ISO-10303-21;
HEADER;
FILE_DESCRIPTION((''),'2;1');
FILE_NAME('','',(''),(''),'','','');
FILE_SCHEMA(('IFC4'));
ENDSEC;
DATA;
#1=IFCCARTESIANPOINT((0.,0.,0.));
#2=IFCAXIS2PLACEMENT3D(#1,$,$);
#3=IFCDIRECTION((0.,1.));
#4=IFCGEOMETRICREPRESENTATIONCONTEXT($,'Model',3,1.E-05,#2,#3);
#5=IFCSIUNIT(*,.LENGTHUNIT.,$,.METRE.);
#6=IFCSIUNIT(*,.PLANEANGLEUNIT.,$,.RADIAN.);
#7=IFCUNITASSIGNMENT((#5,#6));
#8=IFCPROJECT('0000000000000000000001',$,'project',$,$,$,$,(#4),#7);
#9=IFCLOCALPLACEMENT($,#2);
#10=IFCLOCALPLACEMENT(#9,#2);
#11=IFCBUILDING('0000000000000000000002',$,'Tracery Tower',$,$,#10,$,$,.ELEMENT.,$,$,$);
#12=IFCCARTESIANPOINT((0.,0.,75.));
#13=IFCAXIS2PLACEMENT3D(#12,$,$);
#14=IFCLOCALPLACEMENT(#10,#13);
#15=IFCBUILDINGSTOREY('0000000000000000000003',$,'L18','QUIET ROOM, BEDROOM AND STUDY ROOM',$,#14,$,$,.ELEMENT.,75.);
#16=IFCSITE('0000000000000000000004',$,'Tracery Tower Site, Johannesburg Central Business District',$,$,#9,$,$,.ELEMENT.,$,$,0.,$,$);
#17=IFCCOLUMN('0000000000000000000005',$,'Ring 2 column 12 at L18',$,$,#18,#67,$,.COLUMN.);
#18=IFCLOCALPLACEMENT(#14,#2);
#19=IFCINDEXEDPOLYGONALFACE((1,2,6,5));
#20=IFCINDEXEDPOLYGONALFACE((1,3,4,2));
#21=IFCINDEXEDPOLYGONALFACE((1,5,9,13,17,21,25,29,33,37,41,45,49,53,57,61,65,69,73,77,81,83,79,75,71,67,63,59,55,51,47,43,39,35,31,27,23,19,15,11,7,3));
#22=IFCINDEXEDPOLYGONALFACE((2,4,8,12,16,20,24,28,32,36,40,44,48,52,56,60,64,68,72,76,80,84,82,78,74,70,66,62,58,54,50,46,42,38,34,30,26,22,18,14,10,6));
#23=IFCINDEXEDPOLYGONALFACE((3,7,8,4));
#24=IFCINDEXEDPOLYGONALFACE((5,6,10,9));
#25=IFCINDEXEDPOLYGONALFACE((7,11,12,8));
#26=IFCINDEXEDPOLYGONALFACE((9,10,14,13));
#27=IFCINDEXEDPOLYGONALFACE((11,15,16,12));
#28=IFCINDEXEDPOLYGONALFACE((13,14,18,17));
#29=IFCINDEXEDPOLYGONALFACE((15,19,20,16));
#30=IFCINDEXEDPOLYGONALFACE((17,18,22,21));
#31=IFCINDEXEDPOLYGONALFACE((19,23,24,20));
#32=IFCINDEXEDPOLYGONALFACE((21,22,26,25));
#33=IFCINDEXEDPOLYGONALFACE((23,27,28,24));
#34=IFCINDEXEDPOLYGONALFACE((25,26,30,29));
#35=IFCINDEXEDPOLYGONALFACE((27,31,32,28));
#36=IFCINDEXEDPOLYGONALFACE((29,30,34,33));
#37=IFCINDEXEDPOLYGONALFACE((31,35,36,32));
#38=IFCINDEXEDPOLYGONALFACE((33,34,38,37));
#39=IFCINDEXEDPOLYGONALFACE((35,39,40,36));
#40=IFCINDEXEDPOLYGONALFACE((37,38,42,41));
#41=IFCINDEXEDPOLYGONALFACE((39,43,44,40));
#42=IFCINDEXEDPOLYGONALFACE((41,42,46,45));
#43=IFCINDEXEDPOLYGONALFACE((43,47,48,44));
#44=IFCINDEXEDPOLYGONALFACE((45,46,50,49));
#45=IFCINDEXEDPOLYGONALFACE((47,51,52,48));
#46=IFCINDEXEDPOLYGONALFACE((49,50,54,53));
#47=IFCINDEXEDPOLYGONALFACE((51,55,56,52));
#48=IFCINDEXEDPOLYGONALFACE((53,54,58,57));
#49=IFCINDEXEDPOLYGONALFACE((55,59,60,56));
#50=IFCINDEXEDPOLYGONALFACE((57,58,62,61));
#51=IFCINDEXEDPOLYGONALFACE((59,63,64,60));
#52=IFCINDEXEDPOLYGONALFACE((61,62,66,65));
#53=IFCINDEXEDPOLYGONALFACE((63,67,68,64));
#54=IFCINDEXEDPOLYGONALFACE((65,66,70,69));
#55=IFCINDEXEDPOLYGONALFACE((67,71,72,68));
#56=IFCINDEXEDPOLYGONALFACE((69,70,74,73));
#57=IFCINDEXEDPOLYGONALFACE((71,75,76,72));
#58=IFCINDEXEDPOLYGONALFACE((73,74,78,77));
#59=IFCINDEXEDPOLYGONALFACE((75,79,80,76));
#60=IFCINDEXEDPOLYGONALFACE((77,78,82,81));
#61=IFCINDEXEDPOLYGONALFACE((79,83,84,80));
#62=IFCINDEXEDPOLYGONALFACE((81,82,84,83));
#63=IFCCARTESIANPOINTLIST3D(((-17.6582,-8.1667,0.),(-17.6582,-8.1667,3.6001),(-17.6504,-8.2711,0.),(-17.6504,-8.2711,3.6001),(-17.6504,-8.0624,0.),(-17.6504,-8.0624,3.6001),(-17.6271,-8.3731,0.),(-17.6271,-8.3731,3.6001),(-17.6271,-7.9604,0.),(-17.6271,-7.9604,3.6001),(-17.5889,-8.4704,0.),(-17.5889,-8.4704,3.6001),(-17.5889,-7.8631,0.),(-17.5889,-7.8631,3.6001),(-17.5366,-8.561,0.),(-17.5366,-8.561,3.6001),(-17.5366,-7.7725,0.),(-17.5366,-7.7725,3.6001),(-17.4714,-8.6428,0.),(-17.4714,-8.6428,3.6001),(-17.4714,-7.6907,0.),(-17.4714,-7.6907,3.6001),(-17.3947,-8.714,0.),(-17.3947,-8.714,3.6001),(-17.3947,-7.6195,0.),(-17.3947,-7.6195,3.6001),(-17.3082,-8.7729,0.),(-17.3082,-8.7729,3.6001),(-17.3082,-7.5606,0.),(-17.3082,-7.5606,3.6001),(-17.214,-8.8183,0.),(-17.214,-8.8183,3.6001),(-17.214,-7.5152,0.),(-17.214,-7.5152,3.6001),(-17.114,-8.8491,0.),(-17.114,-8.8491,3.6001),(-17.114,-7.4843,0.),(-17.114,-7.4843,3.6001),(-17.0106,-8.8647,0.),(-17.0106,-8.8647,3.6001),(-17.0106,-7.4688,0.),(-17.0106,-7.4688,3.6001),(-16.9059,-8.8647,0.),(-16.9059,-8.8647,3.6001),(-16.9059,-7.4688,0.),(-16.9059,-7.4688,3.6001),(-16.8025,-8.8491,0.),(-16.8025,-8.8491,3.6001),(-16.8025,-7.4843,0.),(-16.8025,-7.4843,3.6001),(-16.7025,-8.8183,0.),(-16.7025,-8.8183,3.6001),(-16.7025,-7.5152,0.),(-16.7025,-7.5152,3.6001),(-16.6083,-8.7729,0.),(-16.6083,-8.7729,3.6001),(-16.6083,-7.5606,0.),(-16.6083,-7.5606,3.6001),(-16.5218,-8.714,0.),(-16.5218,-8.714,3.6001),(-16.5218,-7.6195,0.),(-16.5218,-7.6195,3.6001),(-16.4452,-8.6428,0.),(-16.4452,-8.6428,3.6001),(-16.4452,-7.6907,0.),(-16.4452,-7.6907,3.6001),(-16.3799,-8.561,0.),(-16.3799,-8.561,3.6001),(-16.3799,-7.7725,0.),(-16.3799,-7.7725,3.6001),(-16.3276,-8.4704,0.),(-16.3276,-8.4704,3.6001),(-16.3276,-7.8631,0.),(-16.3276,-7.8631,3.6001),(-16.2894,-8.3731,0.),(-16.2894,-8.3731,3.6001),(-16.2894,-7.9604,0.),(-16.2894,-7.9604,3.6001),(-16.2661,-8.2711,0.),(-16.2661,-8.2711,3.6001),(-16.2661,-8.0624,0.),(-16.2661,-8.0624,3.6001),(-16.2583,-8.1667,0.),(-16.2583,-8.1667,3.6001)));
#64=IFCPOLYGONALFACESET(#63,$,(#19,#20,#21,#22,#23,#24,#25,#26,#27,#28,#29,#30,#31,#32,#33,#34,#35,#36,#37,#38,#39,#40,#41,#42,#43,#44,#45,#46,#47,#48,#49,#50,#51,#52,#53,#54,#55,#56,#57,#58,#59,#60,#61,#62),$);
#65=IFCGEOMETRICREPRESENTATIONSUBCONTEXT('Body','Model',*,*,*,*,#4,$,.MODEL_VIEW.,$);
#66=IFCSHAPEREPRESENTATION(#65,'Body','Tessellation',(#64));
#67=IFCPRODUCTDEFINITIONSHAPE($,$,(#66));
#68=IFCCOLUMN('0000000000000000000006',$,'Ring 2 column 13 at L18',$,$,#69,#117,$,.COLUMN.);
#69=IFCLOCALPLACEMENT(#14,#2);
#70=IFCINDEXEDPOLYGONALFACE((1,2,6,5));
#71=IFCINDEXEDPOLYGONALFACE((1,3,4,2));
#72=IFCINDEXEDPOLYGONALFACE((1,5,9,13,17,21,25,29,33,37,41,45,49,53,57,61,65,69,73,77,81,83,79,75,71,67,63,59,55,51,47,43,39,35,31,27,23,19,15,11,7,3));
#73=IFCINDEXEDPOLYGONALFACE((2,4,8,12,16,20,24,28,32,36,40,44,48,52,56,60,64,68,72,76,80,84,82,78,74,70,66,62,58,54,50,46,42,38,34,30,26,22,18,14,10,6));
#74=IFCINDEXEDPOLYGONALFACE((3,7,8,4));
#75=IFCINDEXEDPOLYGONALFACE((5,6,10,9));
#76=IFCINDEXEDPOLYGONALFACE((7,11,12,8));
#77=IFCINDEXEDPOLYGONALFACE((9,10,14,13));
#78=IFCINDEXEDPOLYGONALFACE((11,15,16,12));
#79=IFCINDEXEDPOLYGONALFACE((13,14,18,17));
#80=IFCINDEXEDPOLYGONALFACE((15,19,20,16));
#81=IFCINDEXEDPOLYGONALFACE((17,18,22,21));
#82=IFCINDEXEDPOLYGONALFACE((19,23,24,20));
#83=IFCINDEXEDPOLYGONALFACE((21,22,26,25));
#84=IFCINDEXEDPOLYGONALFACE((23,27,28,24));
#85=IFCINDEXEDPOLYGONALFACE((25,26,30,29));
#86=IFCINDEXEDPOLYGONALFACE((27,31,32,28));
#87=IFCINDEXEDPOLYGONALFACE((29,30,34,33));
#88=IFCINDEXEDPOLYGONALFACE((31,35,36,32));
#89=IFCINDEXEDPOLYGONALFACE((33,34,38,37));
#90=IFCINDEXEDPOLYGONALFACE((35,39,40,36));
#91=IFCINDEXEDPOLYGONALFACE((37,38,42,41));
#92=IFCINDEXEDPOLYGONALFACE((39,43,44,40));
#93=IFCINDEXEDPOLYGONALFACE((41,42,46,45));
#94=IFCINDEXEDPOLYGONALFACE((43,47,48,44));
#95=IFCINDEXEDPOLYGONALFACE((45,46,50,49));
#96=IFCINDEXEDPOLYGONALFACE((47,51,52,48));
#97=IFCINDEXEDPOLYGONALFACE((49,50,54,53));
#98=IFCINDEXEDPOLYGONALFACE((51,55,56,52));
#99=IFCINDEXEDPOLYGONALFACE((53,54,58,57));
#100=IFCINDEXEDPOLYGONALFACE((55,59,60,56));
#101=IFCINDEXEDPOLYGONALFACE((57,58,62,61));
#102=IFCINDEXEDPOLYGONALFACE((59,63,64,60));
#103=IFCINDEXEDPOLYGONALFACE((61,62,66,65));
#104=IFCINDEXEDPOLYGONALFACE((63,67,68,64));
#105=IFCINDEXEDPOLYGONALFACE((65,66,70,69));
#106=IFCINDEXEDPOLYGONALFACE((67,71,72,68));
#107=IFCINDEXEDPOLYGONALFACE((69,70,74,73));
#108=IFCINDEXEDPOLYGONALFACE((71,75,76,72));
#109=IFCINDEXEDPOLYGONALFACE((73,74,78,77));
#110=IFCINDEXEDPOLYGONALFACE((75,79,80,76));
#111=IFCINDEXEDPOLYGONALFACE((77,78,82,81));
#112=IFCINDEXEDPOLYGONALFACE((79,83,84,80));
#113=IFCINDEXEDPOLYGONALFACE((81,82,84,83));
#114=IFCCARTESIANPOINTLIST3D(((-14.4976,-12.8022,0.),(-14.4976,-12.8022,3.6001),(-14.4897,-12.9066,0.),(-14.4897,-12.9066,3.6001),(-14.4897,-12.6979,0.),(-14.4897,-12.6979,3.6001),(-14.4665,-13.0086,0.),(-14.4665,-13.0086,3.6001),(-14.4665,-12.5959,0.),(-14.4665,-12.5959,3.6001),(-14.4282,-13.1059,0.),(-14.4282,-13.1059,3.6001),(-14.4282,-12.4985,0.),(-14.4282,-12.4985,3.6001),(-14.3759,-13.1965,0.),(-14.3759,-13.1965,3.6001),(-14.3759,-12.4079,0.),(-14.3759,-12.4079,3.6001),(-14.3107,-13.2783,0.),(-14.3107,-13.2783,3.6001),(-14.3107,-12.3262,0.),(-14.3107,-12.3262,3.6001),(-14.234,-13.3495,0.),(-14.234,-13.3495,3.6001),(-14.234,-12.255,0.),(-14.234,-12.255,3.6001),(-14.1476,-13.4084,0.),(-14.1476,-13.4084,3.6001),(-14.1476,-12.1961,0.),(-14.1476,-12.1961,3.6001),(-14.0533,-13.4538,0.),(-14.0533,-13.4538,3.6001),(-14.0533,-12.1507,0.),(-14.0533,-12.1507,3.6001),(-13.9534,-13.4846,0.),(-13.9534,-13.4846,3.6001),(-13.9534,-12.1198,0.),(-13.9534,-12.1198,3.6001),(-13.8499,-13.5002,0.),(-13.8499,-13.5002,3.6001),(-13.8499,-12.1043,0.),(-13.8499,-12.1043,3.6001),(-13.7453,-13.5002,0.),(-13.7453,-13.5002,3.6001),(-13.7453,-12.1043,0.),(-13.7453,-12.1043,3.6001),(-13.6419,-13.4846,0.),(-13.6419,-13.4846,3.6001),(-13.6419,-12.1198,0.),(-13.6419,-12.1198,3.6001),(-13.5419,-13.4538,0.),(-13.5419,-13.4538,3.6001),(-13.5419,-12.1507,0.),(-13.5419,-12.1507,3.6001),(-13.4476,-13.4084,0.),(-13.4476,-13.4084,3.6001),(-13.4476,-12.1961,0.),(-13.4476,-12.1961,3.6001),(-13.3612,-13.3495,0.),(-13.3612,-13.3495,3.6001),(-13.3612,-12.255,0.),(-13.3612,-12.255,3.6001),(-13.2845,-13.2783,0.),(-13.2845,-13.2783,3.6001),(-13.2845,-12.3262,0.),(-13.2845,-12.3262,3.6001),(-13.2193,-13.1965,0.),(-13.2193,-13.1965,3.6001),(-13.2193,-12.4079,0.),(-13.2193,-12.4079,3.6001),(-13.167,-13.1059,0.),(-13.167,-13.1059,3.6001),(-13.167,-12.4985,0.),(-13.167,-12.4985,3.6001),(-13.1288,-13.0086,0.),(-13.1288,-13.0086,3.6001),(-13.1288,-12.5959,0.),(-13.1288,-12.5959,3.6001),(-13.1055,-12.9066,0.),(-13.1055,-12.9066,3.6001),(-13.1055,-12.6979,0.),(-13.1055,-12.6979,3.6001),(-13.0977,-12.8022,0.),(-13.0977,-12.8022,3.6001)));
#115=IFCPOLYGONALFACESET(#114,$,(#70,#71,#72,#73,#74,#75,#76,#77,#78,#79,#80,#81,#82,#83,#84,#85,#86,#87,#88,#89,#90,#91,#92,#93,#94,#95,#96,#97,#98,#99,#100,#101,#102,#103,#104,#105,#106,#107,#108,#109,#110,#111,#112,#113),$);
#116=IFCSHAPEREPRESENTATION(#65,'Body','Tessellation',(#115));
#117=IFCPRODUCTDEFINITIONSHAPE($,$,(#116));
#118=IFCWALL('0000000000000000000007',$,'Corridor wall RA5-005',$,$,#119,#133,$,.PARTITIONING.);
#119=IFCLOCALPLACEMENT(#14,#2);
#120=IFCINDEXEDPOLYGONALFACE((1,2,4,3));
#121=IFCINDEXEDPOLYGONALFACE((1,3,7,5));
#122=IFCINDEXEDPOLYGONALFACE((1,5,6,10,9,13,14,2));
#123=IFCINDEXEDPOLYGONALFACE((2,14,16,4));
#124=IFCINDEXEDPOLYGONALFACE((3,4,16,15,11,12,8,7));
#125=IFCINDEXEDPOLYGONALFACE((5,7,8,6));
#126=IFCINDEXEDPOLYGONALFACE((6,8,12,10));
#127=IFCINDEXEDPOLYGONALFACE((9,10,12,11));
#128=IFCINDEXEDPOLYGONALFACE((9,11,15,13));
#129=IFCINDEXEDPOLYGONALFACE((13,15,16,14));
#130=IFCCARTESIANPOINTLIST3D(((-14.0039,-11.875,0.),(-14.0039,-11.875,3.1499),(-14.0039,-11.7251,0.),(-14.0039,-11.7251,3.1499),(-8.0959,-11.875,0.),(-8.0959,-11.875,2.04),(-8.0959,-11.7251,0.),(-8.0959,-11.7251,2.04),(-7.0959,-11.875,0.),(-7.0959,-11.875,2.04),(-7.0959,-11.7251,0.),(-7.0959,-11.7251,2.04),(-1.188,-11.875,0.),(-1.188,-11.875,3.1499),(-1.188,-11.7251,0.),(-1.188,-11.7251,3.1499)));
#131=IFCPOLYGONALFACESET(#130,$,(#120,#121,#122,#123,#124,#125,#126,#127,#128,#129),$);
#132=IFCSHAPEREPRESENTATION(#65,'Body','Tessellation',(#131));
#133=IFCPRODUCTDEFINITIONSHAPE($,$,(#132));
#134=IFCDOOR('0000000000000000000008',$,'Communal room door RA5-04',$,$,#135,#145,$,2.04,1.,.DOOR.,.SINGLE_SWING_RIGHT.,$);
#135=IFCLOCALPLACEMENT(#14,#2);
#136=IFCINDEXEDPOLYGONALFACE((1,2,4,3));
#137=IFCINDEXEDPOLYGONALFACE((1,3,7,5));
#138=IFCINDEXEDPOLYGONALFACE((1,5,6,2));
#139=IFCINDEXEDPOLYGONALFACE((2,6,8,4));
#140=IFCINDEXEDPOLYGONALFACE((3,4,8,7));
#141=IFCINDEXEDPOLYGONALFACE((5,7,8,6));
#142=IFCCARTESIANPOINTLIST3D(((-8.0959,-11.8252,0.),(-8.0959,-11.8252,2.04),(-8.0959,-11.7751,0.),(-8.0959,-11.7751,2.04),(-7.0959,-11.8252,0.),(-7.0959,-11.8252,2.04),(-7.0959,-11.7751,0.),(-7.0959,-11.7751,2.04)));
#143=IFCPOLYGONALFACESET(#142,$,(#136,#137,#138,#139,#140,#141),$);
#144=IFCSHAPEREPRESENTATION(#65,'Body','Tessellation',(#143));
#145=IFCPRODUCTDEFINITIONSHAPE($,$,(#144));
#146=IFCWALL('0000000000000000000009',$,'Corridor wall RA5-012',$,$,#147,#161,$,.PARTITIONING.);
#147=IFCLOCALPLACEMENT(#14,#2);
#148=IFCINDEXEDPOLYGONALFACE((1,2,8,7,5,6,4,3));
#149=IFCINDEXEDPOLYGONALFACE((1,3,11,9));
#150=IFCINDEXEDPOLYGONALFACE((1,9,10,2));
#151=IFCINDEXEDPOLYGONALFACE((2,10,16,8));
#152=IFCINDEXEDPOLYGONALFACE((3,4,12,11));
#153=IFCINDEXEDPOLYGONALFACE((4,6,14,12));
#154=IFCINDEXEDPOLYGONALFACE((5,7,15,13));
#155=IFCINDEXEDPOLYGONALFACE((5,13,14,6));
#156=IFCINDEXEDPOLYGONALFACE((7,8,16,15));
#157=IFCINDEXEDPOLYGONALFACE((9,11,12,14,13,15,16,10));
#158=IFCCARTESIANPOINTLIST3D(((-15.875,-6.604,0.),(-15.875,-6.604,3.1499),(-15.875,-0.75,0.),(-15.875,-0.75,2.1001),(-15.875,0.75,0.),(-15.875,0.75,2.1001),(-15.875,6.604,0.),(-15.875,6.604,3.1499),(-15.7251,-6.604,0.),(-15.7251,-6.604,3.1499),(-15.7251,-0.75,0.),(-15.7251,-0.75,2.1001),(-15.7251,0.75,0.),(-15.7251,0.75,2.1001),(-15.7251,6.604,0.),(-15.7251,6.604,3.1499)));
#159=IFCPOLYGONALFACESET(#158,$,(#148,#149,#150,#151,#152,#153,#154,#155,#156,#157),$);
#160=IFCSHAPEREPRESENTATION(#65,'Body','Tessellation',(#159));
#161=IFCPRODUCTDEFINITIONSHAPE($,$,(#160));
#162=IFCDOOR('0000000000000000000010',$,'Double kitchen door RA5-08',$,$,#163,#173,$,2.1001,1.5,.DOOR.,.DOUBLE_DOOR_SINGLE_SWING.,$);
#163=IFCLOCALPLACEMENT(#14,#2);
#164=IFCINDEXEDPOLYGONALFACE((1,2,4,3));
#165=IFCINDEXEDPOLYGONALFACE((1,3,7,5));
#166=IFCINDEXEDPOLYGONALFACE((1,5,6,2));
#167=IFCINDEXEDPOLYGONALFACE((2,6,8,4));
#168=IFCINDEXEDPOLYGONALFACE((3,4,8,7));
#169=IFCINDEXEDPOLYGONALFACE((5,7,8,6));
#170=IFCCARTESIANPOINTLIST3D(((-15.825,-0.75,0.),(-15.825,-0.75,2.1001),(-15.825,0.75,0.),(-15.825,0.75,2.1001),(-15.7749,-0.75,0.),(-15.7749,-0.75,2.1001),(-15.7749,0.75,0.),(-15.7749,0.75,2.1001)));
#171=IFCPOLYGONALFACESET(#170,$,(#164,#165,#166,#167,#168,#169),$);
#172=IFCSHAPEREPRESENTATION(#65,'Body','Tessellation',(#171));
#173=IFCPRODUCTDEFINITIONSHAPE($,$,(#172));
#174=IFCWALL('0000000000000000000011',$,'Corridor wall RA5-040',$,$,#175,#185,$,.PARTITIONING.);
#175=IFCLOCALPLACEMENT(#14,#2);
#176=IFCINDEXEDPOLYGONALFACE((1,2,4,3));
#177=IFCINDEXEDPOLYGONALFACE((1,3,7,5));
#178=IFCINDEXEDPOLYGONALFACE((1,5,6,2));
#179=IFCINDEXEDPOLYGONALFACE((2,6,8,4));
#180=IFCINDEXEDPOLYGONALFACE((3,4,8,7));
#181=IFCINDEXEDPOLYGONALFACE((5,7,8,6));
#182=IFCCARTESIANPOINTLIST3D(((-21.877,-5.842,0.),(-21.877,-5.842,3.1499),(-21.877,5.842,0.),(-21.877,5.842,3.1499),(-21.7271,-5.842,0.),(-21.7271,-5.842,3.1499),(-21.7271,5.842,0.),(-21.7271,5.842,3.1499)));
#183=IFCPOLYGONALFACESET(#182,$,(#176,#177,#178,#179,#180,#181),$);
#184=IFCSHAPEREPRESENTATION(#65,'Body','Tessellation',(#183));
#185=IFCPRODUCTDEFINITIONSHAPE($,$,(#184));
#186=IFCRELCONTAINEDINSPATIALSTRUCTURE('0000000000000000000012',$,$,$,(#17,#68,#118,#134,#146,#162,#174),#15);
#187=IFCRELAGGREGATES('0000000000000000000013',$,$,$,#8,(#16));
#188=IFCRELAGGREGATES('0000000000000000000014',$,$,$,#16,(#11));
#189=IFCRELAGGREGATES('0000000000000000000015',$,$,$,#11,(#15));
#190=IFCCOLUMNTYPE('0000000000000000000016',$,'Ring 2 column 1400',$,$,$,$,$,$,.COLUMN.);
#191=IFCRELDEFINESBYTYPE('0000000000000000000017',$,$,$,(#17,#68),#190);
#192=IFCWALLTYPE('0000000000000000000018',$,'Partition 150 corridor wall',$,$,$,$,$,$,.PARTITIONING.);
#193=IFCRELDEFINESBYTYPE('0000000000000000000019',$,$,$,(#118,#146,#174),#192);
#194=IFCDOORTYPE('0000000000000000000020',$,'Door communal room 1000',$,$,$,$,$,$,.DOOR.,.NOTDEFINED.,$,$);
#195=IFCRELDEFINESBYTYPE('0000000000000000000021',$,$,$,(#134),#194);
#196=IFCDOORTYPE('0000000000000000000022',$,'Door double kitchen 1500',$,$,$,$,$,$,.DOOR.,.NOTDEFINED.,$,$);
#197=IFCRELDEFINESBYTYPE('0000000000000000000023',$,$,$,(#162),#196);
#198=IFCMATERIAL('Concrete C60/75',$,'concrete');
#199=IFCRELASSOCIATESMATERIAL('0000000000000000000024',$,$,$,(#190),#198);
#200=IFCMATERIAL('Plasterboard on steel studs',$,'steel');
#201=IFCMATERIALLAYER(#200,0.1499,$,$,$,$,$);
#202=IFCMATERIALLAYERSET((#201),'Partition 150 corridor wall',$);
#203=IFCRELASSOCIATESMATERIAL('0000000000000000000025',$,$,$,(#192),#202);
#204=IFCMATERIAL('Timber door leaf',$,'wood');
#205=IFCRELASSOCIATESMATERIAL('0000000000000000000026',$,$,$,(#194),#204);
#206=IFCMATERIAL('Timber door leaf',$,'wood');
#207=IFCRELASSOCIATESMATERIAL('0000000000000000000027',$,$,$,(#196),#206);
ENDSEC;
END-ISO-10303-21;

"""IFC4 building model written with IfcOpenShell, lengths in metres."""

from ifc_helpers import new_model, si_unit, direction, frame, frame_2d, origin, origin_2d, place, context, subcontext, project, spatial, rectangle, circle, extrude, material, layer, layer_set, material_profile, profile_set, type_object, element, fill, save


model = new_model("IFC4")

# Units and contexts
model_context = context("Model", 3, precision=1e-05, world=origin(), true_north=direction((0.0, 1.0)))
body_context = subcontext(model_context, "Body", "Model", "MODEL_VIEW")
ifc_project = project(units=[si_unit("LENGTHUNIT", "METRE"), si_unit("PLANEANGLEUNIT", "RADIAN")], contexts=[model_context])

# Site, building, storey
site_placement = place(None, origin())
site = spatial("IfcSite", under=ifc_project, at=site_placement, Name="Tracery Tower Site, Johannesburg Central Business District", CompositionType="ELEMENT", RefElevation=0.0)
building_placement = place(site_placement, origin())
building = spatial("IfcBuilding", under=site, at=building_placement, Name="Tracery Tower", CompositionType="ELEMENT")
storey_placement = place(building_placement, frame((0.0, 0.0, 75.0)))
storey = spatial("IfcBuildingStorey", under=building, at=storey_placement, Name="L18", Description="QUIET ROOM, BEDROOM AND STUDY ROOM", CompositionType="ELEMENT", Elevation=75.0)

# Columns
ifc_material_1 = material(Name="Concrete C60/75", Category="concrete")
ifc_material_profile_1 = material_profile(ifc_material_1, circle(Radius=0.7, at=origin_2d()), Name="RC D1400")
ifc_profile_set_1 = profile_set([ifc_material_profile_1], Name="Concrete C60/75")
column_type_1 = type_object("IfcColumnType", Name="Ring 2 column 1400", PredefinedType="COLUMN", material=ifc_profile_set_1)
for number, where, z_axis, x_axis, name in (
    (1, (-16.9583, -8.1667, 0.0), (0.0, 0.0, 1.0), (1.0, 0.0, 0.0), "Ring 2 column 12 at L18"),
    (2, (-13.7976, -12.8022, 0.0), (0.0, 0.0, 1.0), (1.0, 0.0, 0.0), "Ring 2 column 13 at L18"),
):
    element("IfcColumn", number, at=place(storey_placement, frame(where, z_axis=z_axis, x_axis=x_axis)), inside=storey, type_object=column_type_1, Name=name, PredefinedType="COLUMN", context=body_context, shape_type="SweptSolid", body=[
        extrude(circle(Radius=0.7, at=origin_2d()), origin(), (0.0, 0.0, 1.0), 3.6001),
    ])

# Walls, openings, doors
ifc_material_2 = material(Name="Plasterboard on steel studs", Category="steel")
ifc_layer_1 = layer(ifc_material_2, 0.1499)
ifc_layer_set_1 = layer_set([ifc_layer_1], Name="Partition 150 corridor wall")
wall_type_1 = type_object("IfcWallType", Name="Partition 150 corridor wall", PredefinedType="PARTITIONING", material=ifc_layer_set_1)
wall_1_placement = place(storey_placement, frame((-14.0039, -11.8, 0.0), z_axis=(0.0, 0.0, 1.0), x_axis=(1.0, 0.0, 0.0)))
wall_1 = element("IfcWall", 3, at=wall_1_placement, inside=storey, type_object=wall_type_1, Name="Corridor wall RA5-005", PredefinedType="PARTITIONING", context=body_context, shape_type="SweptSolid", body=[
    extrude(rectangle(XDim=12.8159, YDim=0.1499, at=frame_2d((6.408, 0.0))), origin(), (0.0, 0.0, 1.0), 3.1499),
])
opening_1_placement = place(wall_1_placement, frame((5.908, 0.0, 0.0)))
opening_1 = element("IfcOpeningElement", 4, at=opening_1_placement, cuts=wall_1, PredefinedType="OPENING", context=body_context, shape_type="SweptSolid", body=[
    extrude(rectangle(XDim=1.0, YDim=2.04, at=frame_2d((0.5, 1.02))), frame((0.0, 0.075, 0.0), z_axis=(0.0, -1.0, 0.0), x_axis=(1.0, 0.0, 0.0)), (0.0, 0.0, 1.0), 0.1499),
])
ifc_material_3 = material(Name="Timber door leaf", Category="wood")
door_type_1 = type_object("IfcDoorType", Name="Door communal room 1000", OperationType="NOTDEFINED", PredefinedType="DOOR", material=ifc_material_3)
door_1_placement = place(opening_1_placement, origin())
door_1 = element("IfcDoor", 5, at=door_1_placement, inside=storey, type_object=door_type_1, Name="Communal room door RA5-04", OperationType="SINGLE_SWING_RIGHT", OverallHeight=2.04, OverallWidth=1.0, PredefinedType="DOOR", context=body_context, shape_type="SweptSolid", body=[
    extrude(rectangle(XDim=1.0, YDim=2.04, at=frame_2d((0.5, 1.02))), frame((0.0, 0.0249, 0.0), z_axis=(0.0, -1.0, 0.0), x_axis=(1.0, 0.0, 0.0)), (0.0, 0.0, 1.0), 0.05),
])
fill(opening_1, door_1)
wall_2_placement = place(storey_placement, frame((-15.8, -6.604, 0.0), z_axis=(0.0, 0.0, 1.0), x_axis=(0.0, 1.0, 0.0)))
wall_2 = element("IfcWall", 6, at=wall_2_placement, inside=storey, type_object=wall_type_1, Name="Corridor wall RA5-012", PredefinedType="PARTITIONING", context=body_context, shape_type="SweptSolid", body=[
    extrude(rectangle(XDim=13.208, YDim=0.1499, at=frame_2d((6.604, 0.0))), origin(), (0.0, 0.0, 1.0), 3.1499),
])
opening_2_placement = place(wall_2_placement, frame((5.854, 0.0, 0.0)))
opening_2 = element("IfcOpeningElement", 7, at=opening_2_placement, cuts=wall_2, PredefinedType="OPENING", context=body_context, shape_type="SweptSolid", body=[
    extrude(rectangle(XDim=1.5, YDim=2.1001, at=frame_2d((0.75, 1.05))), frame((0.0, 0.075, 0.0), z_axis=(0.0, -1.0, 0.0), x_axis=(1.0, 0.0, 0.0)), (0.0, 0.0, 1.0), 0.1499),
])
ifc_material_4 = material(Name="Timber door leaf", Category="wood")
door_type_2 = type_object("IfcDoorType", Name="Door double kitchen 1500", OperationType="NOTDEFINED", PredefinedType="DOOR", material=ifc_material_4)
door_2_placement = place(opening_2_placement, origin())
door_2 = element("IfcDoor", 8, at=door_2_placement, inside=storey, type_object=door_type_2, Name="Double kitchen door RA5-08", OperationType="DOUBLE_DOOR_SINGLE_SWING", OverallHeight=2.1001, OverallWidth=1.5, PredefinedType="DOOR", context=body_context, shape_type="SweptSolid", body=[
    extrude(rectangle(XDim=1.5, YDim=2.1001, at=frame_2d((0.75, 1.05))), frame((0.0, 0.0249, 0.0), z_axis=(0.0, -1.0, 0.0), x_axis=(1.0, 0.0, 0.0)), (0.0, 0.0, 1.0), 0.05),
])
fill(opening_2, door_2)

# Wall
wall_3_placement = place(storey_placement, frame((-21.802, -5.842, 0.0), z_axis=(0.0, 0.0, 1.0), x_axis=(0.0, 1.0, 0.0)))
element("IfcWall", 9, at=wall_3_placement, inside=storey, type_object=wall_type_1, Name="Corridor wall RA5-040", PredefinedType="PARTITIONING", context=body_context, shape_type="SweptSolid", body=[
    extrude(rectangle(XDim=11.6841, YDim=0.1499, at=frame_2d((5.842, 0.0))), origin(), (0.0, 0.0, 1.0), 3.1499),
])

save(model, "model.ifc")
